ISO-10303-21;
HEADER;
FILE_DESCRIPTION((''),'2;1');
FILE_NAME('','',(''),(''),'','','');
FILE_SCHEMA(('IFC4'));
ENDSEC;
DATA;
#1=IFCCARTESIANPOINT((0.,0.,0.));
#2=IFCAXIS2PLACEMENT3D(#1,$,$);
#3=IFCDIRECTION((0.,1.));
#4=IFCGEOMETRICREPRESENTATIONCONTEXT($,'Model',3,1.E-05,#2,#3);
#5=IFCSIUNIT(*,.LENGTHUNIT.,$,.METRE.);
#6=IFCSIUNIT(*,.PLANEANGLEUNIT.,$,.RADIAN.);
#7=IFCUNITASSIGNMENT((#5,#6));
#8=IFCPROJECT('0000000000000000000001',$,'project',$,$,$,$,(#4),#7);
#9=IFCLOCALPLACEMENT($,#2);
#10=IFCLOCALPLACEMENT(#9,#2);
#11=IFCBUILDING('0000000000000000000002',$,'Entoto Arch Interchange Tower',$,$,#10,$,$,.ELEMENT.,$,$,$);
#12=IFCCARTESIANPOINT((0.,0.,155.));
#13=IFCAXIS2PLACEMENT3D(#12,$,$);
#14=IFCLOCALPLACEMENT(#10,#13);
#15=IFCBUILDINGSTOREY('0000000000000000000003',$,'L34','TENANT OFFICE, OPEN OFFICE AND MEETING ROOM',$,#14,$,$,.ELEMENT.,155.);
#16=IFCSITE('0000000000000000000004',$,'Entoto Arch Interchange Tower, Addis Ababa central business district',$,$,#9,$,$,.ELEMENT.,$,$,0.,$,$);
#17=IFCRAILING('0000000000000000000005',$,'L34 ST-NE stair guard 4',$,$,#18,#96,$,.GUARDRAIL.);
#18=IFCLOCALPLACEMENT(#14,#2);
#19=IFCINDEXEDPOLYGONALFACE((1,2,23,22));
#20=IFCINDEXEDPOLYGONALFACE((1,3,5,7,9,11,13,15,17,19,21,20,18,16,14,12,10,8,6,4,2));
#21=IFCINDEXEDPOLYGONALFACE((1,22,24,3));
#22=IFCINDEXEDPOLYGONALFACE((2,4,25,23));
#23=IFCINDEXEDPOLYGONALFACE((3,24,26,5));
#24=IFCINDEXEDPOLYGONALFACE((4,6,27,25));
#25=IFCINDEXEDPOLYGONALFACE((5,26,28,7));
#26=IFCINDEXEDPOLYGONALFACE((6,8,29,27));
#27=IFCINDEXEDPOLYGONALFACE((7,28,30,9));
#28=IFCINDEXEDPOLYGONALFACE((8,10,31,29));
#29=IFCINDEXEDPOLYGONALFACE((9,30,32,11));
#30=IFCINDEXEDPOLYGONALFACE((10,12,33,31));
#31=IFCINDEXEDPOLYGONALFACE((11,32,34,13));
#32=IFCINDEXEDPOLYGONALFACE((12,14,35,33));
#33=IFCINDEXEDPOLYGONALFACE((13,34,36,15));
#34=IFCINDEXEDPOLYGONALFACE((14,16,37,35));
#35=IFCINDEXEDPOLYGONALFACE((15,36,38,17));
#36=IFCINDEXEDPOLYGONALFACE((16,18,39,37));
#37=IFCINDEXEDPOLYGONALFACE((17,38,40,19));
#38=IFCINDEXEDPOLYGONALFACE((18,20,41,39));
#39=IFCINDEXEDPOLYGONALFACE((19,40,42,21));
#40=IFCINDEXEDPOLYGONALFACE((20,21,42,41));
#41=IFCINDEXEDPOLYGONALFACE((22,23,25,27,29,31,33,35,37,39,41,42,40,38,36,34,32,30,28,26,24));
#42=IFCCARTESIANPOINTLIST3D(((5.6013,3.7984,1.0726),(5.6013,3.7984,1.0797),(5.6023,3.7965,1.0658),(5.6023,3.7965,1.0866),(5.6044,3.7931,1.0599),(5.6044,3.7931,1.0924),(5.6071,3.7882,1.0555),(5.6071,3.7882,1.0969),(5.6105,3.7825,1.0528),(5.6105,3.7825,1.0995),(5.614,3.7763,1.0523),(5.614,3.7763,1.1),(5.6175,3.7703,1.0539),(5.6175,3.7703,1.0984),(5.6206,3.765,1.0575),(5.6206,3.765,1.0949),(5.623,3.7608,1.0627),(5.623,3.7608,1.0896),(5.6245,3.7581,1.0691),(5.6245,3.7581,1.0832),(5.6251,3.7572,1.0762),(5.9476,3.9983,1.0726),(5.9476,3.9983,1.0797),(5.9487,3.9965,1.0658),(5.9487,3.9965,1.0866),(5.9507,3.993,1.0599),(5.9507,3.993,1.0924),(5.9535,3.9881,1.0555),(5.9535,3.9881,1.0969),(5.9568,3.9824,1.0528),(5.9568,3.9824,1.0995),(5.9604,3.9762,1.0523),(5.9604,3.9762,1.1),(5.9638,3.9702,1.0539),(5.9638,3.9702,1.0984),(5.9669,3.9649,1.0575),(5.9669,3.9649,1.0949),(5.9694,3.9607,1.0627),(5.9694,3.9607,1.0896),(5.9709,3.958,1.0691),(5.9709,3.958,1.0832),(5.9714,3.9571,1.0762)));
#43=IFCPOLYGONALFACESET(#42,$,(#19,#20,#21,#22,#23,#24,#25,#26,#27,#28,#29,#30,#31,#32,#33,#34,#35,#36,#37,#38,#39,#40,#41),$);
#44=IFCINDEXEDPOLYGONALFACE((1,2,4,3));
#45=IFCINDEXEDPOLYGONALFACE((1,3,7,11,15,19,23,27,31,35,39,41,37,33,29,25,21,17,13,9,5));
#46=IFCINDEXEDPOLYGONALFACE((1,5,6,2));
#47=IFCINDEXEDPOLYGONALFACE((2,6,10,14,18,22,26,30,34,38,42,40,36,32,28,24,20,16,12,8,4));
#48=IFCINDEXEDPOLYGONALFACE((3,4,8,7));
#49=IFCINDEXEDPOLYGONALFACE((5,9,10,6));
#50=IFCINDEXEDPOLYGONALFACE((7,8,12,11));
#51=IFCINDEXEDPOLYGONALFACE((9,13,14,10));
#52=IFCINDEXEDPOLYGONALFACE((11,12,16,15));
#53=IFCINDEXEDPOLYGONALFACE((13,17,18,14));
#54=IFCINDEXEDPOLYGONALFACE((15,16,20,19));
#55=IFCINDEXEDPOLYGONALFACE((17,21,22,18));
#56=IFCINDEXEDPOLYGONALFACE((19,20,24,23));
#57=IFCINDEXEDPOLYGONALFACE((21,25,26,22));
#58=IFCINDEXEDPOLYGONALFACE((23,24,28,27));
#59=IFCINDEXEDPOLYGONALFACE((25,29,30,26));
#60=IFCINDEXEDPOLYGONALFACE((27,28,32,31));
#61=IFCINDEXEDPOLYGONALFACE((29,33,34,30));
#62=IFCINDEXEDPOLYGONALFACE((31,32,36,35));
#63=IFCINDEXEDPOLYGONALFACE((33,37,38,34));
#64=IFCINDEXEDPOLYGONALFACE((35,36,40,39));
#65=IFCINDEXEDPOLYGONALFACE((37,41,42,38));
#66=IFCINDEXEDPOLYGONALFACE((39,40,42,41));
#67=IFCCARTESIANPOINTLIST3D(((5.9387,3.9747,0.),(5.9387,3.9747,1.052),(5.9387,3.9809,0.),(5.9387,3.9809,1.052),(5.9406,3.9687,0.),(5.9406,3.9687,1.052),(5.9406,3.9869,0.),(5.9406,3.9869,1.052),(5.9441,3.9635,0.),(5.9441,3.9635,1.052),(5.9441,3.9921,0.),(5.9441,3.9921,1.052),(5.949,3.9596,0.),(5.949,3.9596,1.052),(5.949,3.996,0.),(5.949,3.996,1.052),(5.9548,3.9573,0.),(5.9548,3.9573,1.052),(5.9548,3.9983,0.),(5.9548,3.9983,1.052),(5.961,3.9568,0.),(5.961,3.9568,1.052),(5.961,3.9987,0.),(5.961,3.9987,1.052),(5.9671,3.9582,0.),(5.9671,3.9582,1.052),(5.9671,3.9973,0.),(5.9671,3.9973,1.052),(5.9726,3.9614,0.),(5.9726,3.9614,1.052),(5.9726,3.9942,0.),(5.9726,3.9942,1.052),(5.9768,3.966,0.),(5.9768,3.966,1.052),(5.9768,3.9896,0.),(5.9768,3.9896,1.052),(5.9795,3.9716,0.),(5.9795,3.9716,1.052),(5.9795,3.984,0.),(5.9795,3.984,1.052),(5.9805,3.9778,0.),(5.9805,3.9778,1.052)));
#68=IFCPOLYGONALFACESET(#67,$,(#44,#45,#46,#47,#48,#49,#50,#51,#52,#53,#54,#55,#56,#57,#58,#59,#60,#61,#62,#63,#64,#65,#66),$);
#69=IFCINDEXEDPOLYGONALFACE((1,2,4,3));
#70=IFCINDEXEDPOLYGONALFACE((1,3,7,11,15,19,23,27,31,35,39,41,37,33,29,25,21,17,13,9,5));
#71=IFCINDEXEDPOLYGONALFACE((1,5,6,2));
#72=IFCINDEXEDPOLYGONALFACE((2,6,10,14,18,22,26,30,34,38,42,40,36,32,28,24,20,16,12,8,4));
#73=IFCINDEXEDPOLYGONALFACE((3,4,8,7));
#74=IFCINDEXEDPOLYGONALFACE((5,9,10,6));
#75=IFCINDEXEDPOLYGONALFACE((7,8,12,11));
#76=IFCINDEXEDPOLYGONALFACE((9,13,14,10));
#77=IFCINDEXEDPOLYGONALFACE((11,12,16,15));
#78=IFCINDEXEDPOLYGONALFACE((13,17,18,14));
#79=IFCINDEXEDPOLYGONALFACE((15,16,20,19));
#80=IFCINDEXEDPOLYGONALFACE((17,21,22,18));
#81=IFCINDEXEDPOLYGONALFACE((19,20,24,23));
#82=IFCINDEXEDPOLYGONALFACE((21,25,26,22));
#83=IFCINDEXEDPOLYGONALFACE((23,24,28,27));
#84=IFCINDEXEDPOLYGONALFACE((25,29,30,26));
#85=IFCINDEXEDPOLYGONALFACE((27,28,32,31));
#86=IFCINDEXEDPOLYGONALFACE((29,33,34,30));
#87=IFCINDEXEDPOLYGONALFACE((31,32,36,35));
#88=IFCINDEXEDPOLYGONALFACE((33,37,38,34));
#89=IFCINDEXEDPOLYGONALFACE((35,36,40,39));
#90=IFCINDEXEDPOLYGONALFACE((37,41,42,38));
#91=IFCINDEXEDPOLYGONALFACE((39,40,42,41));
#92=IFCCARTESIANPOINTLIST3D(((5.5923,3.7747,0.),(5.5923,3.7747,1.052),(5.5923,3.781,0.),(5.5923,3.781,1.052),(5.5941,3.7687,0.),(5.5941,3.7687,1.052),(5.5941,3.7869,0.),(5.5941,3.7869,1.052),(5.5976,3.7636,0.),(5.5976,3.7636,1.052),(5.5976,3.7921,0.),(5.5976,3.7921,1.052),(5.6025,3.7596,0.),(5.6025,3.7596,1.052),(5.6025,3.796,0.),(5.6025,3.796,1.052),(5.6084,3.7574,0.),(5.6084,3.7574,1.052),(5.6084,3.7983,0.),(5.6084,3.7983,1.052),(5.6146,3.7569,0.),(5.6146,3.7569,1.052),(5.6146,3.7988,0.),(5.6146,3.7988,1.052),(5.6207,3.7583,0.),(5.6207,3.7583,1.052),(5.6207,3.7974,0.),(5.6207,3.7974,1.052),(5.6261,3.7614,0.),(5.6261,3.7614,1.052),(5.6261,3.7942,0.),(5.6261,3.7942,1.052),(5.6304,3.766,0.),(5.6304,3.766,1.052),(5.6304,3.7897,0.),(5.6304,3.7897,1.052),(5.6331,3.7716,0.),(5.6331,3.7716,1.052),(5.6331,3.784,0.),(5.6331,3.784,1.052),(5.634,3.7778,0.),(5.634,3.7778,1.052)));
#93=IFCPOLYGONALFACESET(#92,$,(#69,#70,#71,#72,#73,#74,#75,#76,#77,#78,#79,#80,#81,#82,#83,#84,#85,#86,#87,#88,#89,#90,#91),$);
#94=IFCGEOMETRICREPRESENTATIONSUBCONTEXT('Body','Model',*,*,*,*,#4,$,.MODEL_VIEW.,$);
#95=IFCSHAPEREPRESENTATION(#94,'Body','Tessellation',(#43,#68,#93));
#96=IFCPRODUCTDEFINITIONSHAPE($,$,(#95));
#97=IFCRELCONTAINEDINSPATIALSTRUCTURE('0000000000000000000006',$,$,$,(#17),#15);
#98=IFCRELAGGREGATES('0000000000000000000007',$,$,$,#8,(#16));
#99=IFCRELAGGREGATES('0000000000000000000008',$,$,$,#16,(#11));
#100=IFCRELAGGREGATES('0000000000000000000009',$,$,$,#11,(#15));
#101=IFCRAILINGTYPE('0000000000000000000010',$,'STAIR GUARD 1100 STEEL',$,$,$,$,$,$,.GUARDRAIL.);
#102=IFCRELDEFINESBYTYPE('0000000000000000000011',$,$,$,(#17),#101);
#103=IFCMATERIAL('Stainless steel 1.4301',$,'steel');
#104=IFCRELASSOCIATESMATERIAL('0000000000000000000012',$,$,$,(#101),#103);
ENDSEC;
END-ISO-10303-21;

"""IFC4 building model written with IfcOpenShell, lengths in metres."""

from ifc_helpers import new_model, si_unit, direction, frame, origin, origin_2d, place, context, subcontext, project, spatial, circle, extrude, material, type_object, element, save


model = new_model("IFC4")

# Units and contexts
model_context = context("Model", 3, precision=1e-05, world=origin(), true_north=direction((0.0, 1.0)))
body_context = subcontext(model_context, "Body", "Model", "MODEL_VIEW")
ifc_project = project(units=[si_unit("LENGTHUNIT", "METRE"), si_unit("PLANEANGLEUNIT", "RADIAN")], contexts=[model_context])

# Site, building, storey
site_placement = place(None, origin())
site = spatial("IfcSite", under=ifc_project, at=site_placement, Name="Entoto Arch Interchange Tower, Addis Ababa central business district", CompositionType="ELEMENT", RefElevation=0.0)
building_placement = place(site_placement, origin())
building = spatial("IfcBuilding", under=site, at=building_placement, Name="Entoto Arch Interchange Tower", CompositionType="ELEMENT")
storey_placement = place(building_placement, frame((0.0, 0.0, 155.0)))
storey = spatial("IfcBuildingStorey", under=building, at=storey_placement, Name="L34", Description="TENANT OFFICE, OPEN OFFICE AND MEETING ROOM", CompositionType="ELEMENT", Elevation=155.0)

# Railing
ifc_material_1 = material(Name="Stainless steel 1.4301", Category="steel")
railing_type_1 = type_object("IfcRailingType", Name="STAIR GUARD 1100 STEEL", PredefinedType="GUARDRAIL", material=ifc_material_1)
railing_1_placement = place(storey_placement, frame((5.9595, 3.9778, 0.0)))
element("IfcRailing", 1, at=railing_1_placement, inside=storey, type_object=railing_type_1, Name="L34 ST-NE stair guard 4", PredefinedType="GUARDRAIL", context=body_context, shape_type="SweptSolid", body=[
    extrude(circle(Radius=0.0239, at=origin_2d()), frame((0.0, 0.0, 1.0762), z_axis=(-0.866094, -0.499881, 0.0), x_axis=(0.499881, -0.866094, 0.0)), (0.0, 0.0, 1.0), 0.3999),
    extrude(circle(Radius=0.021, at=origin_2d()), origin(), (0.0, 0.0, 1.0), 1.052),
    extrude(circle(Radius=0.021, at=origin_2d()), frame((-0.3464, -0.2, 0.0)), (0.0, 0.0, 1.0), 1.052),
])

save(model, "model.ifc")
